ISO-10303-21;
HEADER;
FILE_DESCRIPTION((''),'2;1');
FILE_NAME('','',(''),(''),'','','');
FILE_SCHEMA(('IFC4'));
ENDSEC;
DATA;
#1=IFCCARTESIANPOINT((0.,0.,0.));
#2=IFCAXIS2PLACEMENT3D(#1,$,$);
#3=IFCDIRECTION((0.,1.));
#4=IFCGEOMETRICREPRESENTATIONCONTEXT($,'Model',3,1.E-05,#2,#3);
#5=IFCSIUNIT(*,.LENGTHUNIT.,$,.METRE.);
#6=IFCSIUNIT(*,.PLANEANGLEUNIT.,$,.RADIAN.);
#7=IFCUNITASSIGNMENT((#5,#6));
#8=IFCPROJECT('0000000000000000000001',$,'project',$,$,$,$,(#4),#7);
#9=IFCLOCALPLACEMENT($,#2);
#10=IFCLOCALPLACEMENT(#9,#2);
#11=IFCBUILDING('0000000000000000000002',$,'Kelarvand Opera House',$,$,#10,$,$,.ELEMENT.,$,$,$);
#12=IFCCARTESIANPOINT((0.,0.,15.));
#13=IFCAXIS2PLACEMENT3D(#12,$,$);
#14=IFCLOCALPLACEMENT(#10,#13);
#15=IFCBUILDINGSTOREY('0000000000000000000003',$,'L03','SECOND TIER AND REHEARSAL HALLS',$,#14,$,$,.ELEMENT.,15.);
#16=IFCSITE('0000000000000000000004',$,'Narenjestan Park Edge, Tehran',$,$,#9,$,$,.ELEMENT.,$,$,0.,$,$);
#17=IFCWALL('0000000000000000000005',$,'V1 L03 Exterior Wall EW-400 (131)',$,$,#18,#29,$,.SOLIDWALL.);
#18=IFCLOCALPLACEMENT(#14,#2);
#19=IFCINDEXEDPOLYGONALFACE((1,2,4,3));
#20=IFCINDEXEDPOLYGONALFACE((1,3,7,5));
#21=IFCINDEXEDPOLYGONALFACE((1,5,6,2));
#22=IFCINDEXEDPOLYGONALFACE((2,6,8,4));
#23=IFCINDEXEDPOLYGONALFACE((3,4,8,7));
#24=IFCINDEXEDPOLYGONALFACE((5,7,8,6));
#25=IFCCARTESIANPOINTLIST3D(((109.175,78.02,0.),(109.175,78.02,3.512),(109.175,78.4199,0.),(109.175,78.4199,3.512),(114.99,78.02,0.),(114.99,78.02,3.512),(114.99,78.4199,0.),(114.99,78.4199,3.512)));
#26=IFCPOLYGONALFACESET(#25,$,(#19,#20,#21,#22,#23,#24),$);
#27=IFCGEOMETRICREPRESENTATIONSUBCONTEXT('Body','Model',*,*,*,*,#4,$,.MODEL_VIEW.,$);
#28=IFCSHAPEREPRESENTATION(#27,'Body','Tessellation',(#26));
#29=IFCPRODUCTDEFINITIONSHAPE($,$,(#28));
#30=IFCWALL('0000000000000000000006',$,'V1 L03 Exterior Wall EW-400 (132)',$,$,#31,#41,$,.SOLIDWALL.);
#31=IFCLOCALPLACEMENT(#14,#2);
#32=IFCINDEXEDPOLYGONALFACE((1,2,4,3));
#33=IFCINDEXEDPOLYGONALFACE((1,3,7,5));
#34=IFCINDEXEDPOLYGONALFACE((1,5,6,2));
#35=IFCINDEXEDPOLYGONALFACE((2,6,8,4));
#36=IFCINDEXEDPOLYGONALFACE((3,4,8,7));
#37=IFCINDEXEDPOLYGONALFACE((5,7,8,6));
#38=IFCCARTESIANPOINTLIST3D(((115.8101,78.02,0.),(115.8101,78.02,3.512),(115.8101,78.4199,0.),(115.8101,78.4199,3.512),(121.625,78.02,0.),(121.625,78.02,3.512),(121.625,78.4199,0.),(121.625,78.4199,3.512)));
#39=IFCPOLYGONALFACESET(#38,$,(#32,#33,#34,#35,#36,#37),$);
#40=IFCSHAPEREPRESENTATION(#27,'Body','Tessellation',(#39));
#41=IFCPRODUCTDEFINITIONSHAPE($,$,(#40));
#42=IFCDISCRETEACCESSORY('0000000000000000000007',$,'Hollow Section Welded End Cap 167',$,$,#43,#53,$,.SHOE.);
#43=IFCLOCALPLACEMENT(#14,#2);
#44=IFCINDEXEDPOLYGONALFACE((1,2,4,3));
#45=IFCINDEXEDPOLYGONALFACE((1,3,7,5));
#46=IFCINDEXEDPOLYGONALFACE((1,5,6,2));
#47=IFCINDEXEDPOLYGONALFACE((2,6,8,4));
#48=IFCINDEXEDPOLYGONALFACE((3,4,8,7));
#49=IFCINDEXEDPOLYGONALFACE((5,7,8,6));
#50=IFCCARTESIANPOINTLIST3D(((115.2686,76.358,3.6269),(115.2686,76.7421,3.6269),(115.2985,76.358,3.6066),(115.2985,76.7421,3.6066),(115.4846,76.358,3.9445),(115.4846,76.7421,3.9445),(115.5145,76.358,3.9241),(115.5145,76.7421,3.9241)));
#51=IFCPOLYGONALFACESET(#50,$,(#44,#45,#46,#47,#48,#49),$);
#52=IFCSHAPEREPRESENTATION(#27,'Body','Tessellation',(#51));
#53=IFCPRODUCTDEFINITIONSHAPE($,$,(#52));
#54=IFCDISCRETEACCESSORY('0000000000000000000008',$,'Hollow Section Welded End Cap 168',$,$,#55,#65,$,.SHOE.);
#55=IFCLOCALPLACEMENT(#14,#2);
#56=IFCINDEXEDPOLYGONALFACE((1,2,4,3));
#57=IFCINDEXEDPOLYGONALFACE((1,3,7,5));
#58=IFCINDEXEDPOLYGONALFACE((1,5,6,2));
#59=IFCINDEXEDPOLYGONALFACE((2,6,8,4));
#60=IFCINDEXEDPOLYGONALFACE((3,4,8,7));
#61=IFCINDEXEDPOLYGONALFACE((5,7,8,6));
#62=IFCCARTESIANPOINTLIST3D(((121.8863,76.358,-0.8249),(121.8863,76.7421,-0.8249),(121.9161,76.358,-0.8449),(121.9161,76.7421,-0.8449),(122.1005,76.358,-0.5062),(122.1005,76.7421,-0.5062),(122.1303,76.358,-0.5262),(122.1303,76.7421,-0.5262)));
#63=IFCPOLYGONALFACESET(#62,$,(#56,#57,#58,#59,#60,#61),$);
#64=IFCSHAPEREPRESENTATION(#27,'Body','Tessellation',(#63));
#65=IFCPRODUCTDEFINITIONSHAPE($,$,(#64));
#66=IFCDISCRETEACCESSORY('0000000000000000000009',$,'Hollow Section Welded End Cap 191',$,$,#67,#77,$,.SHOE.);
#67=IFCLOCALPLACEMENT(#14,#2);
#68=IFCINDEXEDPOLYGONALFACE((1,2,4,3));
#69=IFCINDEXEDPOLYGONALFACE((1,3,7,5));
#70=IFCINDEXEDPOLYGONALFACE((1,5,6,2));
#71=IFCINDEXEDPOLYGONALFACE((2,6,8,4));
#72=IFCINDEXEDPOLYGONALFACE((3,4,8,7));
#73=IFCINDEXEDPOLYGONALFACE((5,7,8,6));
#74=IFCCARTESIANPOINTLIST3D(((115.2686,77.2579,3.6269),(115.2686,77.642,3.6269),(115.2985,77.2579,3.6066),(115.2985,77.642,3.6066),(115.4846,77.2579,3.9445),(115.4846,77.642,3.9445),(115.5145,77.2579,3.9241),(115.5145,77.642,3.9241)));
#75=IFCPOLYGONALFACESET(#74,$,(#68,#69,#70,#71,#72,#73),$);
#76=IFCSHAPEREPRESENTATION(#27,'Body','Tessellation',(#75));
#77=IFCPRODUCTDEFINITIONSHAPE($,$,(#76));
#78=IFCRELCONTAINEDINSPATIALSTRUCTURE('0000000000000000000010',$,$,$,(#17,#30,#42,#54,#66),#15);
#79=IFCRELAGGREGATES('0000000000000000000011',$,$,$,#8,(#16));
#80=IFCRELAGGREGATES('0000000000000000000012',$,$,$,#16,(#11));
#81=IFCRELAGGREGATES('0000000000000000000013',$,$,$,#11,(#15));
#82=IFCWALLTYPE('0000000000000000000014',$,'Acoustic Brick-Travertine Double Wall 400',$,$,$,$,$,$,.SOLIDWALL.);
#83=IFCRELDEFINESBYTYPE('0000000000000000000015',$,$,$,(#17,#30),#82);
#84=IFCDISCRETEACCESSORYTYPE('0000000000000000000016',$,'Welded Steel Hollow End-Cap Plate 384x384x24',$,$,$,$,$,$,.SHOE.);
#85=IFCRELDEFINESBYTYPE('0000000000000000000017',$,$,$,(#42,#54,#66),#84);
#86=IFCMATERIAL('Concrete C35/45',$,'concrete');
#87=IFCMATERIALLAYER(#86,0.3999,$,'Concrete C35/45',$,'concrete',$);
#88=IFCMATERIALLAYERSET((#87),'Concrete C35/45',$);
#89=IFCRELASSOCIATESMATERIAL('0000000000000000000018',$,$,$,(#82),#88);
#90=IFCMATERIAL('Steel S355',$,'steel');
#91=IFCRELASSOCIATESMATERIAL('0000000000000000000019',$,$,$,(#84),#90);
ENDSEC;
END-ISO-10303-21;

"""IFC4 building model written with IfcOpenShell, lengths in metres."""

from ifc_helpers import new_model, si_unit, direction, frame, frame_2d, origin, origin_2d, place, context, subcontext, project, spatial, rectangle, extrude, material, layer, layer_set, material_profile, profile_set, type_object, element, save


model = new_model("IFC4")

# Units and contexts
model_context = context("Model", 3, precision=1e-05, world=origin(), true_north=direction((0.0, 1.0)))
body_context = subcontext(model_context, "Body", "Model", "MODEL_VIEW")
ifc_project = project(units=[si_unit("LENGTHUNIT", "METRE"), si_unit("PLANEANGLEUNIT", "RADIAN")], contexts=[model_context])

# Site, building, storey
site_placement = place(None, origin())
site = spatial("IfcSite", under=ifc_project, at=site_placement, Name="Narenjestan Park Edge, Tehran", CompositionType="ELEMENT", RefElevation=0.0)
building_placement = place(site_placement, origin())
building = spatial("IfcBuilding", under=site, at=building_placement, Name="Kelarvand Opera House", CompositionType="ELEMENT")
storey_placement = place(building_placement, frame((0.0, 0.0, 15.0)))
storey = spatial("IfcBuildingStorey", under=building, at=storey_placement, Name="L03", Description="SECOND TIER AND REHEARSAL HALLS", CompositionType="ELEMENT", Elevation=15.0)

# Shared definitions
ifc_material_1 = material(Name="Concrete C35/45", Category="concrete")

# Shared definitions
ifc_material_2 = material(Name="Steel S355", Category="steel")

# Shared definitions
ifc_layer = layer(ifc_material_1, 0.3999, Name="Concrete C35/45", Category="concrete")
ifc_layer_set = layer_set([ifc_layer], Name="Concrete C35/45")
wall_type = type_object("IfcWallType", Name="Acoustic Brick-Travertine Double Wall 400", PredefinedType="SOLIDWALL", material=ifc_layer_set)

# Walls
for number, where, z_axis, x_axis, name in (
    (1, (109.175, 78.22, 0.0), (0.0, 0.0, 1.0), (1.0, 0.0, 0.0), "V1 L03 Exterior Wall EW-400 (131)"),
    (2, (115.8101, 78.22, 0.0), (0.0, 0.0, 1.0), (1.0, 0.0, 0.0), "V1 L03 Exterior Wall EW-400 (132)"),
):
    element("IfcWall", number, at=place(storey_placement, frame(where, z_axis=z_axis, x_axis=x_axis)), inside=storey, type_object=wall_type, Name=name, PredefinedType="SOLIDWALL", context=body_context, shape_type="SweptSolid", body=[
        extrude(rectangle(XDim=5.8149, YDim=0.3999, at=frame_2d((2.9075, 0.0))), origin(), (0.0, 0.0, 1.0), 3.512),
    ])

# Discrete accessories
ifc_material_profile_1 = material_profile(ifc_material_2, rectangle(XDim=0.384, YDim=0.384, at=origin_2d()), Name="Welded Steel Hollow End-Cap Plate 384x384x24", Category="steel")
ifc_profile_set_1 = profile_set([ifc_material_profile_1], Name="Steel S355")
discrete_accessory_type = type_object("IfcDiscreteAccessoryType", Name="Welded Steel Hollow End-Cap Plate 384x384x24", PredefinedType="SHOE", material=ifc_profile_set_1)
discrete_accessory_1_placement = place(storey_placement, frame((115.4065, 76.55, 3.7654), z_axis=(-0.8268, 0.0, 0.562495), x_axis=(0.0, -1.0, 0.0)))
element("IfcDiscreteAccessory", 3, at=discrete_accessory_1_placement, inside=storey, type_object=discrete_accessory_type, Name="Hollow Section Welded End Cap 167", PredefinedType="SHOE", context=body_context, shape_type="SweptSolid", body=[
    extrude(rectangle(XDim=0.384, YDim=0.384, at=origin_2d()), origin(), (0.0, 0.0, 1.0), 0.0361),
])
discrete_accessory_2_placement = place(storey_placement, frame((121.9934, 76.55, -0.6655), z_axis=(0.829951, 0.0, -0.557836), x_axis=(0.0, 1.0, 0.0)))
element("IfcDiscreteAccessory", 4, at=discrete_accessory_2_placement, inside=storey, type_object=discrete_accessory_type, Name="Hollow Section Welded End Cap 168", PredefinedType="SHOE", context=body_context, shape_type="SweptSolid", body=[
    extrude(rectangle(XDim=0.384, YDim=0.384, at=origin_2d()), origin(), (0.0, 0.0, 1.0), 0.0359),
])
discrete_accessory_3_placement = place(storey_placement, frame((115.4065, 77.45, 3.7654), z_axis=(-0.8268, 0.0, 0.562495), x_axis=(0.0, -1.0, 0.0)))
element("IfcDiscreteAccessory", 5, at=discrete_accessory_3_placement, inside=storey, type_object=discrete_accessory_type, Name="Hollow Section Welded End Cap 191", PredefinedType="SHOE", context=body_context, shape_type="SweptSolid", body=[
    extrude(rectangle(XDim=0.384, YDim=0.384, at=origin_2d()), origin(), (0.0, 0.0, 1.0), 0.0361),
])

save(model, "model.ifc")
